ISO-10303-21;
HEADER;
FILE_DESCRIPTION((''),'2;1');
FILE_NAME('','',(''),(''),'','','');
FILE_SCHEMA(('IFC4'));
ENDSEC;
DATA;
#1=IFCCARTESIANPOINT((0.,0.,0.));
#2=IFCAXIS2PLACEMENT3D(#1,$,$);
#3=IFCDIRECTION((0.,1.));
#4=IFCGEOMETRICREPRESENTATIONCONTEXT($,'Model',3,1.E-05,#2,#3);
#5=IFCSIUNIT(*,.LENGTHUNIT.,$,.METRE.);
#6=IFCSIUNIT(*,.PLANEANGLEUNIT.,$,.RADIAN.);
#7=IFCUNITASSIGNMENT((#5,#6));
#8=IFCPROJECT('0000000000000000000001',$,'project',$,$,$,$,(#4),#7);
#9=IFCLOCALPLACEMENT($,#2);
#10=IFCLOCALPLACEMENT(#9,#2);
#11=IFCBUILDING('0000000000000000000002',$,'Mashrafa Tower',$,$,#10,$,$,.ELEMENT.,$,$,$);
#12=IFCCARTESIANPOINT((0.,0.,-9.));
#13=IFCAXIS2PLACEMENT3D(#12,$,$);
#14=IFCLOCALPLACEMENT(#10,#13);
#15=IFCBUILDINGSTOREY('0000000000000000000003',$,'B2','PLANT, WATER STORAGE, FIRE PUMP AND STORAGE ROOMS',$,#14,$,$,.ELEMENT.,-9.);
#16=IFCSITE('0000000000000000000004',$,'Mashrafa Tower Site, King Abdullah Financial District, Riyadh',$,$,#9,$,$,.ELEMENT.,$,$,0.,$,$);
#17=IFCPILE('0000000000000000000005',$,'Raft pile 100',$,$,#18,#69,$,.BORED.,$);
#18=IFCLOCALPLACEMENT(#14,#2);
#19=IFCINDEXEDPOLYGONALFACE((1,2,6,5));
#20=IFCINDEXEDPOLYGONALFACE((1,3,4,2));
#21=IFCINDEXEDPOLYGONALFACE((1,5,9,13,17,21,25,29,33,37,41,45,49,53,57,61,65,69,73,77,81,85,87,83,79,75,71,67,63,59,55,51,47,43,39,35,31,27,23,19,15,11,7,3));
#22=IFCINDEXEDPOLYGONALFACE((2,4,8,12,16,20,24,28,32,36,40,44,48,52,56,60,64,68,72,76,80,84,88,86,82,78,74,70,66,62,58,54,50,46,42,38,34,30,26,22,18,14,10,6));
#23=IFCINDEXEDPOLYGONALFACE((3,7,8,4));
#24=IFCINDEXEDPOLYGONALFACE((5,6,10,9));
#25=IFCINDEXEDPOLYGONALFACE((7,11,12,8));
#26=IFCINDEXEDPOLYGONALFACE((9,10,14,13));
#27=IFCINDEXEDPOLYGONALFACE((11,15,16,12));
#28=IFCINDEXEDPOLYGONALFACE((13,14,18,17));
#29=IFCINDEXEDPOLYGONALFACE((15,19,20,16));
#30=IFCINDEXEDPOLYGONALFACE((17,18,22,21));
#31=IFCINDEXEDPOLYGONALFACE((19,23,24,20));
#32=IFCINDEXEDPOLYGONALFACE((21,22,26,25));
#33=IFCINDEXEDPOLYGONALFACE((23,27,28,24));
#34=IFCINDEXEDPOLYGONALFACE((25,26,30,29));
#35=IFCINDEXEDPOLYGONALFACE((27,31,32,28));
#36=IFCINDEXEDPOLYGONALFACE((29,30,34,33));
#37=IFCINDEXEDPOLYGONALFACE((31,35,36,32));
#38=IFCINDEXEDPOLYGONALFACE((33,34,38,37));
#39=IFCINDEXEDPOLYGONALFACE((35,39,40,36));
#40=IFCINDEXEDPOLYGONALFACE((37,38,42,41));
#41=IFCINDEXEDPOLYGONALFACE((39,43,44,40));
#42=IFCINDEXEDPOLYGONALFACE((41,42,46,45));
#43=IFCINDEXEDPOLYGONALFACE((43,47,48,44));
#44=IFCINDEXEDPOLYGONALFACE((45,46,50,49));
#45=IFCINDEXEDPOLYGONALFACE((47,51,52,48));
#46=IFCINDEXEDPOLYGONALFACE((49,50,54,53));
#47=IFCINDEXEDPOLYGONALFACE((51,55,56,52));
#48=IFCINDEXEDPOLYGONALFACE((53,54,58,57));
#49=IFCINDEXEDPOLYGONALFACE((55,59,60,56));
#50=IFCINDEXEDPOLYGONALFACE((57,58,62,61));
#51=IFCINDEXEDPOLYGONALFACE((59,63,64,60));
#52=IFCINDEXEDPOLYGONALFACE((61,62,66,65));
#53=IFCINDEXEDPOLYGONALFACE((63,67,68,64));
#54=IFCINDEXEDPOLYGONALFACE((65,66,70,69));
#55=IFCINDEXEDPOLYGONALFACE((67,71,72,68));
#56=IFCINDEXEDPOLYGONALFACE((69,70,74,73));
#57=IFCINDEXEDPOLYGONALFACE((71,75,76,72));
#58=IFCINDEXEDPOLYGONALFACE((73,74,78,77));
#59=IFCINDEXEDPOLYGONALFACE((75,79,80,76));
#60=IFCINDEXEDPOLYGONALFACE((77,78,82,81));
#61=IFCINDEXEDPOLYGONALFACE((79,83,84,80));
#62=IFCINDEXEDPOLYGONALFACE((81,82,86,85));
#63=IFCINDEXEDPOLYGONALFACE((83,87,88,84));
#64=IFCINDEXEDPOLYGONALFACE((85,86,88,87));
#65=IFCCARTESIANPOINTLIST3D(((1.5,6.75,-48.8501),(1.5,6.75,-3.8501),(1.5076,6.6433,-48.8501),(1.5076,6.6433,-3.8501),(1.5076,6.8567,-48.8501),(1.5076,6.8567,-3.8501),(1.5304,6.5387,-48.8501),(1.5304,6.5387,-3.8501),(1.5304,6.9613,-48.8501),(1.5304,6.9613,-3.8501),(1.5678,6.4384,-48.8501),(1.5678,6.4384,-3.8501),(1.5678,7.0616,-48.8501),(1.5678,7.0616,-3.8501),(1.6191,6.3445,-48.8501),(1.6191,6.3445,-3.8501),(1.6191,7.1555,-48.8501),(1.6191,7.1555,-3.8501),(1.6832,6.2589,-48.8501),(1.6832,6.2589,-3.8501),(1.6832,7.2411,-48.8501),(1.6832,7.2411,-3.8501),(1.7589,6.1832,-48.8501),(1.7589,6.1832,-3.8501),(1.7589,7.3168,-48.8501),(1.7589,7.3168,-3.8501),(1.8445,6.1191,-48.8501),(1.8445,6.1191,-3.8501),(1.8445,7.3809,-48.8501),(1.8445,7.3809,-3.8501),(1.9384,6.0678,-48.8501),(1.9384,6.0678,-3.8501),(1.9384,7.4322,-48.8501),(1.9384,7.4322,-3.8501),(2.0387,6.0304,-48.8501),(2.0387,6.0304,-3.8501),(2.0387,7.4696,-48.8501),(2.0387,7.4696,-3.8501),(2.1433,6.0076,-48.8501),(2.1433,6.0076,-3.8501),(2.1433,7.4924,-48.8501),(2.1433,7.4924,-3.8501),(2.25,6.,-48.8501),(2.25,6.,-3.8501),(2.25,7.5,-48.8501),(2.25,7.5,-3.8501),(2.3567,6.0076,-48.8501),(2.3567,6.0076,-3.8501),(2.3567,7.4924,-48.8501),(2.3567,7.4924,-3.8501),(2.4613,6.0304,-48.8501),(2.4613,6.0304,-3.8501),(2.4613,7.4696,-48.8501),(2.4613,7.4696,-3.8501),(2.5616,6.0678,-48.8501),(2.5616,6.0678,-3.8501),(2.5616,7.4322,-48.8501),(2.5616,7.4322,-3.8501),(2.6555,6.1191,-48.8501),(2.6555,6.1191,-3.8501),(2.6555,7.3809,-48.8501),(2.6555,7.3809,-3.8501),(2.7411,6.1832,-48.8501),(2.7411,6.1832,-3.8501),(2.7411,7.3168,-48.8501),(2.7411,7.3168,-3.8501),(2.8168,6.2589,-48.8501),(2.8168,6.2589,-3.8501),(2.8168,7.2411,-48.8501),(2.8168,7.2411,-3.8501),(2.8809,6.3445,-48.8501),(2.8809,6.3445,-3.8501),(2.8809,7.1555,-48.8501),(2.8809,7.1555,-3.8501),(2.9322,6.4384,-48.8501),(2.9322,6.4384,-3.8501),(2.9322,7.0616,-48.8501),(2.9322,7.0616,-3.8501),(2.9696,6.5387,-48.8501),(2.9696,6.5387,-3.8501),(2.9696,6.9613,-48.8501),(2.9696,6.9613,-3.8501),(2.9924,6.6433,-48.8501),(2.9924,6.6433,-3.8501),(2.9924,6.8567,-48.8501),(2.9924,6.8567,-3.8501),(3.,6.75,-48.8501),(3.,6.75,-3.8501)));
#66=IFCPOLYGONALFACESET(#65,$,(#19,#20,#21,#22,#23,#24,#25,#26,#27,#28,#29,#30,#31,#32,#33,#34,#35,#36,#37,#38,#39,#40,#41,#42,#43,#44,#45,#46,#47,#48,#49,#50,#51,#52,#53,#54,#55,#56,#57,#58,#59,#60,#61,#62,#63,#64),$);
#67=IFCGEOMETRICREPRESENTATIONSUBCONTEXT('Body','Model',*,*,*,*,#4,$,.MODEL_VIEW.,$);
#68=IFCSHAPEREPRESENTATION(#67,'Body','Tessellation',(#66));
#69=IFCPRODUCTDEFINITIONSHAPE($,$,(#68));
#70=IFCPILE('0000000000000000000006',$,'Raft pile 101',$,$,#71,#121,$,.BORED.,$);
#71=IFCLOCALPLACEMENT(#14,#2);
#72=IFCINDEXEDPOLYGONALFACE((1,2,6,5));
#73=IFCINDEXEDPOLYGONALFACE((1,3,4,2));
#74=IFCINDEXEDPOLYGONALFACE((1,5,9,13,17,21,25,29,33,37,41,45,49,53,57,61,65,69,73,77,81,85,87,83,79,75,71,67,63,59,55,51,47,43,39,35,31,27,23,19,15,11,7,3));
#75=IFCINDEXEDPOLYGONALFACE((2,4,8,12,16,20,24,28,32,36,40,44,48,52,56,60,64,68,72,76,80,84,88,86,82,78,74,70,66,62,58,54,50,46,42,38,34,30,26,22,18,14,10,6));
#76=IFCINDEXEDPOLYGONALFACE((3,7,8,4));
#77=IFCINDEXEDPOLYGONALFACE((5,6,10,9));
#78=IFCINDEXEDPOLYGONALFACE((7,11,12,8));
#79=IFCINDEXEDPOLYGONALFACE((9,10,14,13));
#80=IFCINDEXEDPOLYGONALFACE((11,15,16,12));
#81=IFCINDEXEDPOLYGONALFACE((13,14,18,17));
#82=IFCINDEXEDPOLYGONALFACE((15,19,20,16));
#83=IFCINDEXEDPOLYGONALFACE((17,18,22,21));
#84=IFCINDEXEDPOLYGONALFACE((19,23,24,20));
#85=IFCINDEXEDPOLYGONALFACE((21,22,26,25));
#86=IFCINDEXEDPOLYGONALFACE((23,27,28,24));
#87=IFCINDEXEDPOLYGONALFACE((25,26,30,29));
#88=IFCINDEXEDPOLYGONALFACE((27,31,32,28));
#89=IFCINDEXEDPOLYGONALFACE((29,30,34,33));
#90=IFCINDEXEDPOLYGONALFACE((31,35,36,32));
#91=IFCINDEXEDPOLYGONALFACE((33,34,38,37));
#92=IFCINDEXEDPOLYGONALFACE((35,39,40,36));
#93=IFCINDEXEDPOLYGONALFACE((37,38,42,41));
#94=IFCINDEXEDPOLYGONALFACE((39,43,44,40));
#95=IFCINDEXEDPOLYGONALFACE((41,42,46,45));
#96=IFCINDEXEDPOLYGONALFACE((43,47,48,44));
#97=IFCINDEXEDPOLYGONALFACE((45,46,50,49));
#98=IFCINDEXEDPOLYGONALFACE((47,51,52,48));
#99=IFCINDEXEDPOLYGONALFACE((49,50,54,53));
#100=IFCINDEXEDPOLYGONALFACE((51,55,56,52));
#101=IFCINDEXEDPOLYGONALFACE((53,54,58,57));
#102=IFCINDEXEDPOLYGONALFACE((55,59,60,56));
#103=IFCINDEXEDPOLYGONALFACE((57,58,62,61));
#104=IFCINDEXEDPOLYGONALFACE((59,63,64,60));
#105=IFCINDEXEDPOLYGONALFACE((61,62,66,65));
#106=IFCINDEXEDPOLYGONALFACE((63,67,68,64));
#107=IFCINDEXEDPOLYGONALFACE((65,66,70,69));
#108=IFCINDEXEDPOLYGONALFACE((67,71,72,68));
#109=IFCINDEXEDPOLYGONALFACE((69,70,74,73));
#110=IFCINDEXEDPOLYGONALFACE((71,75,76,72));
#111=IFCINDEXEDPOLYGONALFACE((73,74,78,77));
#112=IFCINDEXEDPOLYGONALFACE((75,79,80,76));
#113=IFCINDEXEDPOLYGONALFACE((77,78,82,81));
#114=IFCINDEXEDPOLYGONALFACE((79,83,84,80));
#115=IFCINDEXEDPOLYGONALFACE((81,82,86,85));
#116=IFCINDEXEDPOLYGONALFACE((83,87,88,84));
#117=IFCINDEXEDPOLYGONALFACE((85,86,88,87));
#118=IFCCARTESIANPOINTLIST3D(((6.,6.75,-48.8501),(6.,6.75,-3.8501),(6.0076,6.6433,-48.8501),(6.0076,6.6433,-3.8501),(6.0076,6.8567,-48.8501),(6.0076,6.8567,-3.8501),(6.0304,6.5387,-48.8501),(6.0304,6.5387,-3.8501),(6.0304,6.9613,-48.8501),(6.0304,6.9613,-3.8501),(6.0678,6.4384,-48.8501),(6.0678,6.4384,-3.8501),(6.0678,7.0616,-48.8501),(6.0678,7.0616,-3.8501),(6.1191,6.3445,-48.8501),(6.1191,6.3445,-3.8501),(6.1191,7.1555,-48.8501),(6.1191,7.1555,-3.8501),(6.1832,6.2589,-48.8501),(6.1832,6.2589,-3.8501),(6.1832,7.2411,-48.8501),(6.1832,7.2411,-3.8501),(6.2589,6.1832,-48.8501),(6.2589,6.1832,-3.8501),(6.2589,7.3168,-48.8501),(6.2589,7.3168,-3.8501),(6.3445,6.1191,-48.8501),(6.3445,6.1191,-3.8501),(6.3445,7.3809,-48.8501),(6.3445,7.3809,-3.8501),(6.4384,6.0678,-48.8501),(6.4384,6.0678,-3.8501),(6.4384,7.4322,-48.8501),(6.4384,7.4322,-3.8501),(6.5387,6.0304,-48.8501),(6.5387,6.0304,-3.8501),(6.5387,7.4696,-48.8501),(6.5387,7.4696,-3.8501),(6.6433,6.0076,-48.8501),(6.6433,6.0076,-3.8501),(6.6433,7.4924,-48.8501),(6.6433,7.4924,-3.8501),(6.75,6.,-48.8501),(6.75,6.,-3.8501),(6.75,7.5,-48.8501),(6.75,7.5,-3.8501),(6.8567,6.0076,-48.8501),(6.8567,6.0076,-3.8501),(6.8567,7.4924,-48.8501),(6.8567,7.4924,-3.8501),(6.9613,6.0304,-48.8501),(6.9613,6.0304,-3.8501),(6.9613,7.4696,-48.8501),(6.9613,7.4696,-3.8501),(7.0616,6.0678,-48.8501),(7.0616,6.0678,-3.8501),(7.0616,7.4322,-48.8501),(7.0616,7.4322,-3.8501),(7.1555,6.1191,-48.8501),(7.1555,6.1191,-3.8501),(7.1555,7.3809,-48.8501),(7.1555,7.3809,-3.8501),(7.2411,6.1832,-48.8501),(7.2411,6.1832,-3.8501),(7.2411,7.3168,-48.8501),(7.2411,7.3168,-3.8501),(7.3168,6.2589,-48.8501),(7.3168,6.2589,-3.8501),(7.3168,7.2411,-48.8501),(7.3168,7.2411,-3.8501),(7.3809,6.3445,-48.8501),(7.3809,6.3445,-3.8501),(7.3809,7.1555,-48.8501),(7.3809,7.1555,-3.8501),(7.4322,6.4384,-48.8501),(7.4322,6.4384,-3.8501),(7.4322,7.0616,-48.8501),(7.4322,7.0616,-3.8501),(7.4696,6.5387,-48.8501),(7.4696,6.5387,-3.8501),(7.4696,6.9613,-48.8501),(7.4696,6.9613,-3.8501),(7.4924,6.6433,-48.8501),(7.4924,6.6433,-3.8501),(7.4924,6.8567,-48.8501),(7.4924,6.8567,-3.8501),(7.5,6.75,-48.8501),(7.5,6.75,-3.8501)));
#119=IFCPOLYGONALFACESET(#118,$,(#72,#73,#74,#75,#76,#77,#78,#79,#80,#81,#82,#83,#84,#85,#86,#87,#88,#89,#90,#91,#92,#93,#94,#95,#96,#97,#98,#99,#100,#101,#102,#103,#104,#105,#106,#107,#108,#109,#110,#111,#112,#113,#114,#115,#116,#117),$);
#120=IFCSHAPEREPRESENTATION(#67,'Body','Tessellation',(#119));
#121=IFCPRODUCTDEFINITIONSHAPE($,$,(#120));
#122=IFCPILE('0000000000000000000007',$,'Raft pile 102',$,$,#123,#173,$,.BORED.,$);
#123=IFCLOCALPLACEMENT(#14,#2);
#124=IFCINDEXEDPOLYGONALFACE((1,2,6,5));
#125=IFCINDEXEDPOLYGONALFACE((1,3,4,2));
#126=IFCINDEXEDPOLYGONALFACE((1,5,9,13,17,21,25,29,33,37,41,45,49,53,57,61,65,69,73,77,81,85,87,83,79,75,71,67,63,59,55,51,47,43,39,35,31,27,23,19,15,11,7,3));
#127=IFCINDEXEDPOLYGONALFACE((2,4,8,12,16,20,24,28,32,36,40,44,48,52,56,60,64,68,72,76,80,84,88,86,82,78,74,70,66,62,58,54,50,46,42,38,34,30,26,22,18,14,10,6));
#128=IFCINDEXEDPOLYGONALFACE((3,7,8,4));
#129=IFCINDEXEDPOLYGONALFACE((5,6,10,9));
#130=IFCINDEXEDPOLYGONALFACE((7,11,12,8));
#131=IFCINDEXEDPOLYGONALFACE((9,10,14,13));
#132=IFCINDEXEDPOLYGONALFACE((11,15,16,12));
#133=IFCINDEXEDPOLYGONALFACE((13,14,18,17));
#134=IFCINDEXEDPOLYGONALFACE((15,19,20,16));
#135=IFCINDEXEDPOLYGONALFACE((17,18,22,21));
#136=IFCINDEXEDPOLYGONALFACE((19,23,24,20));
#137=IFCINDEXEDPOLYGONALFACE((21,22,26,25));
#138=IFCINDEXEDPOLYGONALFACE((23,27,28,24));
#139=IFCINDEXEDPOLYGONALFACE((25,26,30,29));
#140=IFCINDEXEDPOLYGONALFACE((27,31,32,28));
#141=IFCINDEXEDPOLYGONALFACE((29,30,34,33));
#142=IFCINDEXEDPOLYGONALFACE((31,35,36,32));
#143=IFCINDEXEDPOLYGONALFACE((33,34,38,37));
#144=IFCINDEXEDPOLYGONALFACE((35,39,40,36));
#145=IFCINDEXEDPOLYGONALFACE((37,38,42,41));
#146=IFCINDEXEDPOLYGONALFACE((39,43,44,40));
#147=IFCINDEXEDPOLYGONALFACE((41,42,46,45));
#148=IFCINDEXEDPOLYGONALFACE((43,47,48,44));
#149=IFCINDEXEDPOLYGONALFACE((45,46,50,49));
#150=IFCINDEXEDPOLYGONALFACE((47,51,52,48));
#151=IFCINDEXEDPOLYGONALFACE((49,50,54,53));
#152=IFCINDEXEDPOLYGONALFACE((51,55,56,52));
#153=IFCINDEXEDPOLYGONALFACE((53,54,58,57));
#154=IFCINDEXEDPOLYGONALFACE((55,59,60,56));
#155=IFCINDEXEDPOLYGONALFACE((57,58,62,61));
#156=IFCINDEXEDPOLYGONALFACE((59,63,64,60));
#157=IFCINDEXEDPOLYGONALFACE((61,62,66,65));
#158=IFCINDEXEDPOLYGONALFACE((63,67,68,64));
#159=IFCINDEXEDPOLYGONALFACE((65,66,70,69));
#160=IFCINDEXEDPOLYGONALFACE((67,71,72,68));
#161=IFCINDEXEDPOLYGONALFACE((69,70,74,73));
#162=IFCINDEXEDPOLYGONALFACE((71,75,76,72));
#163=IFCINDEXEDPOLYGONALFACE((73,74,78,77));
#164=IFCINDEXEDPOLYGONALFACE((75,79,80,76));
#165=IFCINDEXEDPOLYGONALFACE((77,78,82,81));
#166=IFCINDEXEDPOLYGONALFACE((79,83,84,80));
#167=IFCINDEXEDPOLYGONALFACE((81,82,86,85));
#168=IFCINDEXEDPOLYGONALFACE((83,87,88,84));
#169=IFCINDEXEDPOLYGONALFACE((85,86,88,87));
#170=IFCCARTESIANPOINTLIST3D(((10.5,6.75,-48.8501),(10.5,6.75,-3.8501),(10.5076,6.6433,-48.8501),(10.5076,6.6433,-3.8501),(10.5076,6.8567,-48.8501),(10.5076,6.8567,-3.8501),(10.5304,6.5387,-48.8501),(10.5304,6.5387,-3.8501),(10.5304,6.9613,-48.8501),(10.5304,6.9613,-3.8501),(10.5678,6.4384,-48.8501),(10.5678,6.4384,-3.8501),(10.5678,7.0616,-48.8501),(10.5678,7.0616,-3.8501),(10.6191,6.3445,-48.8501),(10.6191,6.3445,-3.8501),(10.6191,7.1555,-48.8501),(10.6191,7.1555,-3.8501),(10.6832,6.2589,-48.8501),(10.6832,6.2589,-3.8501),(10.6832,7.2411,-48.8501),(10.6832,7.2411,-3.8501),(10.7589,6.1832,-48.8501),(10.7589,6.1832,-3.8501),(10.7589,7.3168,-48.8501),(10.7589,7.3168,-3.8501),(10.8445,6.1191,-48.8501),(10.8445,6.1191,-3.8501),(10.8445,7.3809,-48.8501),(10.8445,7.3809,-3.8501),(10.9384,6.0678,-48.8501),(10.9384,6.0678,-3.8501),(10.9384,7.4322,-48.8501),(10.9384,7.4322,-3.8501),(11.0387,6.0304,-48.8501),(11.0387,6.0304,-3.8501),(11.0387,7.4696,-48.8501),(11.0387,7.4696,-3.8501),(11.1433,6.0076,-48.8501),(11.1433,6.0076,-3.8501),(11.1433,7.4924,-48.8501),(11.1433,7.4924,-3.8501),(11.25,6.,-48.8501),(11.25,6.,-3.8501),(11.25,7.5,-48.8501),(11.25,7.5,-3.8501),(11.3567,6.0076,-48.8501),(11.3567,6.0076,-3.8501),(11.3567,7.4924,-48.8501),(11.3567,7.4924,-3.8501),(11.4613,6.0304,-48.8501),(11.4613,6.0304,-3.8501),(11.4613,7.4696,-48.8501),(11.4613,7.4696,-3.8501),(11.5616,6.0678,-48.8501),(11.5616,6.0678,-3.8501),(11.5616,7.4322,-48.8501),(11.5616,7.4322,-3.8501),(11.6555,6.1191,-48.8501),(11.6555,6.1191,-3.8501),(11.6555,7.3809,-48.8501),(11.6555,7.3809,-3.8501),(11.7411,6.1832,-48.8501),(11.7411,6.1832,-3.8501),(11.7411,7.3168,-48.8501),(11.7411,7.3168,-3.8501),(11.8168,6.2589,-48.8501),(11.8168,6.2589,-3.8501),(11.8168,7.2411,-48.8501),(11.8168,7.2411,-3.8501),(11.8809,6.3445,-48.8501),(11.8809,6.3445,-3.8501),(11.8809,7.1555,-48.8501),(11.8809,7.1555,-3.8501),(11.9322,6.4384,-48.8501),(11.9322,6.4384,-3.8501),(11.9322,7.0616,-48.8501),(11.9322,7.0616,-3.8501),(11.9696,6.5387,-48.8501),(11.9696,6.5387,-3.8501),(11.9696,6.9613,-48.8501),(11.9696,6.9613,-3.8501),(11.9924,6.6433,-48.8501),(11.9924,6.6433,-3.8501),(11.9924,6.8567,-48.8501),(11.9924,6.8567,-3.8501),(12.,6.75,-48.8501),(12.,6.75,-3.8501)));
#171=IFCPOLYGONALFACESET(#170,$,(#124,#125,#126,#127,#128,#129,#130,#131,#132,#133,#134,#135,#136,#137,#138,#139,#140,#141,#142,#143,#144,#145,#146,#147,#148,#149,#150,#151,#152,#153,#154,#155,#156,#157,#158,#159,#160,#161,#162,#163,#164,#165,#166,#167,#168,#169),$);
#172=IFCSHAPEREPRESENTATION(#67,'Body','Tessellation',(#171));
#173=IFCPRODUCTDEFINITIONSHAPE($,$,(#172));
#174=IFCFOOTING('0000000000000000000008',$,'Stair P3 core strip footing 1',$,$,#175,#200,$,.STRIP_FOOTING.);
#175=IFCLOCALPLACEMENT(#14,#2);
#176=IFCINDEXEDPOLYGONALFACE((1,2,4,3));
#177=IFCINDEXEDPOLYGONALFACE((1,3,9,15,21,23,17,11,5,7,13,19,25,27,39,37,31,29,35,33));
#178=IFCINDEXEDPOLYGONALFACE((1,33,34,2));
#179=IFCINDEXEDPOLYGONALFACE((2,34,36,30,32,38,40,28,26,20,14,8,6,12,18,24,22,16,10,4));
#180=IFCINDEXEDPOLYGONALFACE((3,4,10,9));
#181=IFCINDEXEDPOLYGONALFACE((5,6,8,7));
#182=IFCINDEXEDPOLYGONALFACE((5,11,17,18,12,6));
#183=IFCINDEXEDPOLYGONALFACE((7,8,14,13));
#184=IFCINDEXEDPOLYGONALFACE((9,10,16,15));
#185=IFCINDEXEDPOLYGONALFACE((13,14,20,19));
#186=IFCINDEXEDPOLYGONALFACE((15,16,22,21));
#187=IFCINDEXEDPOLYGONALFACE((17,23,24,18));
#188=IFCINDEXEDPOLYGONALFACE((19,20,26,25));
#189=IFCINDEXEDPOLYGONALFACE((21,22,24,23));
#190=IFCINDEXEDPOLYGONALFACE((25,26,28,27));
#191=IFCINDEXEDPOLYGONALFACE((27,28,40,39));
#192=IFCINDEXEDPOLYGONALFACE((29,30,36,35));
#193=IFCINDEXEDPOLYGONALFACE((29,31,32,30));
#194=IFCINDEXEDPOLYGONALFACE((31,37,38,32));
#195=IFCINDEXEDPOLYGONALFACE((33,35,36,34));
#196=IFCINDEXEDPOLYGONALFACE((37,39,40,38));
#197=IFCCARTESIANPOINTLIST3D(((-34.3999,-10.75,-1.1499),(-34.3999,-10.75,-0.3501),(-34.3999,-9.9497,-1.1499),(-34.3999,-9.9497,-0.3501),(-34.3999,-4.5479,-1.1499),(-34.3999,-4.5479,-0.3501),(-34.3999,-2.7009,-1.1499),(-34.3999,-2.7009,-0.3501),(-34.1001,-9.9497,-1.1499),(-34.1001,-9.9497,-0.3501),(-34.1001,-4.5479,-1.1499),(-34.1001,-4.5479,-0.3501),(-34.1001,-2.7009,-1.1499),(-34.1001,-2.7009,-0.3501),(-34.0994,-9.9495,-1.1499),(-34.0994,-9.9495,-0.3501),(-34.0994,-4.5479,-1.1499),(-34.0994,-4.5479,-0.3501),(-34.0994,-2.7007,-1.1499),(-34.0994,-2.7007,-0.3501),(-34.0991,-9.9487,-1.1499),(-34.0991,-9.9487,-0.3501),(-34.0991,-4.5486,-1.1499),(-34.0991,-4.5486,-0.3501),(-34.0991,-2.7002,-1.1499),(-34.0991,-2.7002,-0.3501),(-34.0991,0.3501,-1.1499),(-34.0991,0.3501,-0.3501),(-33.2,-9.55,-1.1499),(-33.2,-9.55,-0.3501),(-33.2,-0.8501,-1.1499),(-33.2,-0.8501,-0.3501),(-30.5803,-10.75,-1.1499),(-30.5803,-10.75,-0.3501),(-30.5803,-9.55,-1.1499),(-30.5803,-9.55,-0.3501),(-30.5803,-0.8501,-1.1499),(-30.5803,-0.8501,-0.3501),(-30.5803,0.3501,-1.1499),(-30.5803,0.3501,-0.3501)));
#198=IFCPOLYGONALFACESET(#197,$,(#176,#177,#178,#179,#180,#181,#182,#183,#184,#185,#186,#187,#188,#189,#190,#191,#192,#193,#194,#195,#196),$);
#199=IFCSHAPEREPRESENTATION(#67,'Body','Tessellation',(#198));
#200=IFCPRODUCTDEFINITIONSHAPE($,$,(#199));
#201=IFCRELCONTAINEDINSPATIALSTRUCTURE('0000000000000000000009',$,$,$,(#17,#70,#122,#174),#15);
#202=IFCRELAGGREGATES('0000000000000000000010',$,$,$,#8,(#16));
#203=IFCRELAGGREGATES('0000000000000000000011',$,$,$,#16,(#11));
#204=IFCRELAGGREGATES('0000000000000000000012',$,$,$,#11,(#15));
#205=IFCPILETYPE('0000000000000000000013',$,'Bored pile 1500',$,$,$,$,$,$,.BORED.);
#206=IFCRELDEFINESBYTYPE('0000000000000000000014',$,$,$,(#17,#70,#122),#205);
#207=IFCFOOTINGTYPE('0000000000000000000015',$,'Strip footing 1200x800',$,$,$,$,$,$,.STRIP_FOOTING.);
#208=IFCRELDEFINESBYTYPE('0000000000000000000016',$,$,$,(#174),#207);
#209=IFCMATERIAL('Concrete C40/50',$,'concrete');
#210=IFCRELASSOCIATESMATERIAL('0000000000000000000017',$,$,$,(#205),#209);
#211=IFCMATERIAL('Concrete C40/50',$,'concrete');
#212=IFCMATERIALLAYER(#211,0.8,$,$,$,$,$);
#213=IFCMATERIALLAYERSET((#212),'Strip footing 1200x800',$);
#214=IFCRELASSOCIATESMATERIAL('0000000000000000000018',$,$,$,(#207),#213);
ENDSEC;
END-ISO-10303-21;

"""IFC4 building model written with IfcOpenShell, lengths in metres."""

from ifc_helpers import new_model, si_unit, direction, frame, origin, origin_2d, place, context, subcontext, project, spatial, polyline, circle, outline, extrude, material, layer, layer_set, material_profile, profile_set, type_object, element, save


model = new_model("IFC4")

# Units and contexts
model_context = context("Model", 3, precision=1e-05, world=origin(), true_north=direction((0.0, 1.0)))
body_context = subcontext(model_context, "Body", "Model", "MODEL_VIEW")
ifc_project = project(units=[si_unit("LENGTHUNIT", "METRE"), si_unit("PLANEANGLEUNIT", "RADIAN")], contexts=[model_context])

# Site, building, storey
site_placement = place(None, origin())
site = spatial("IfcSite", under=ifc_project, at=site_placement, Name="Mashrafa Tower Site, King Abdullah Financial District, Riyadh", CompositionType="ELEMENT", RefElevation=0.0)
building_placement = place(site_placement, origin())
building = spatial("IfcBuilding", under=site, at=building_placement, Name="Mashrafa Tower", CompositionType="ELEMENT")
storey_placement = place(building_placement, frame((0.0, 0.0, -9.0)))
storey = spatial("IfcBuildingStorey", under=building, at=storey_placement, Name="B2", Description="PLANT, WATER STORAGE, FIRE PUMP AND STORAGE ROOMS", CompositionType="ELEMENT", Elevation=-9.0)

# Piles
ifc_material_1 = material(Name="Concrete C40/50", Category="concrete")
ifc_material_profile_1 = material_profile(ifc_material_1, circle(Radius=0.75, at=origin_2d()), Name="1500 DIA")
ifc_profile_set_1 = profile_set([ifc_material_profile_1], Name="Concrete C40/50")
pile_type = type_object("IfcPileType", Name="Bored pile 1500", PredefinedType="BORED", material=ifc_profile_set_1)
for number, where, z_axis, x_axis, name in (
    (1, (2.25, 6.75, -3.8501), (0.0, 0.0, -1.0), (1.0, 0.0, 0.0), "Raft pile 100"),
    (2, (6.75, 6.75, -3.8501), (0.0, 0.0, -1.0), (1.0, 0.0, 0.0), "Raft pile 101"),
    (3, (11.25, 6.75, -3.8501), (0.0, 0.0, -1.0), (1.0, 0.0, 0.0), "Raft pile 102"),
):
    element("IfcPile", number, at=place(storey_placement, frame(where, z_axis=z_axis, x_axis=x_axis)), inside=storey, type_object=pile_type, Name=name, PredefinedType="BORED", context=body_context, shape_type="SweptSolid", body=[
        extrude(circle(Radius=0.75, at=origin_2d()), origin(), (0.0, 0.0, 1.0), 45.0),
    ])

# Footing
ifc_material_2 = material(Name="Concrete C40/50", Category="concrete")
ifc_layer_1 = layer(ifc_material_2, 0.8)
ifc_layer_set_1 = layer_set([ifc_layer_1], Name="Strip footing 1200x800")
footing_type = type_object("IfcFootingType", Name="Strip footing 1200x800", PredefinedType="STRIP_FOOTING", material=ifc_layer_set_1)
footing_1_placement = place(storey_placement, frame((0.0, 0.0, -1.1499)))
element("IfcFooting", 4, at=footing_1_placement, inside=storey, type_object=footing_type, Name="Stair P3 core strip footing 1", PredefinedType="STRIP_FOOTING", context=body_context, shape_type="SweptSolid", body=[
    extrude(outline(polyline([(-34.3999, -9.9497), (-34.1001, -9.9497), (-34.0994, -9.9495), (-34.0991, -9.9487), (-34.0991, -4.5486), (-34.0994, -4.5479), (-34.1001, -4.5479), (-34.3999, -4.5479), (-34.3999, -2.7009), (-34.1001, -2.7009), (-34.0994, -2.7007), (-34.0991, -2.7002), (-34.0991, 0.3501), (-30.5803, 0.3501), (-30.5803, -0.8501), (-33.2, -0.8501), (-33.2, -9.55), (-30.5803, -9.55), (-30.5803, -10.75), (-34.3999, -10.75), (-34.3999, -9.9497)])), origin(), (0.0, 0.0, 1.0), 0.7998),
])

save(model, "model.ifc")
